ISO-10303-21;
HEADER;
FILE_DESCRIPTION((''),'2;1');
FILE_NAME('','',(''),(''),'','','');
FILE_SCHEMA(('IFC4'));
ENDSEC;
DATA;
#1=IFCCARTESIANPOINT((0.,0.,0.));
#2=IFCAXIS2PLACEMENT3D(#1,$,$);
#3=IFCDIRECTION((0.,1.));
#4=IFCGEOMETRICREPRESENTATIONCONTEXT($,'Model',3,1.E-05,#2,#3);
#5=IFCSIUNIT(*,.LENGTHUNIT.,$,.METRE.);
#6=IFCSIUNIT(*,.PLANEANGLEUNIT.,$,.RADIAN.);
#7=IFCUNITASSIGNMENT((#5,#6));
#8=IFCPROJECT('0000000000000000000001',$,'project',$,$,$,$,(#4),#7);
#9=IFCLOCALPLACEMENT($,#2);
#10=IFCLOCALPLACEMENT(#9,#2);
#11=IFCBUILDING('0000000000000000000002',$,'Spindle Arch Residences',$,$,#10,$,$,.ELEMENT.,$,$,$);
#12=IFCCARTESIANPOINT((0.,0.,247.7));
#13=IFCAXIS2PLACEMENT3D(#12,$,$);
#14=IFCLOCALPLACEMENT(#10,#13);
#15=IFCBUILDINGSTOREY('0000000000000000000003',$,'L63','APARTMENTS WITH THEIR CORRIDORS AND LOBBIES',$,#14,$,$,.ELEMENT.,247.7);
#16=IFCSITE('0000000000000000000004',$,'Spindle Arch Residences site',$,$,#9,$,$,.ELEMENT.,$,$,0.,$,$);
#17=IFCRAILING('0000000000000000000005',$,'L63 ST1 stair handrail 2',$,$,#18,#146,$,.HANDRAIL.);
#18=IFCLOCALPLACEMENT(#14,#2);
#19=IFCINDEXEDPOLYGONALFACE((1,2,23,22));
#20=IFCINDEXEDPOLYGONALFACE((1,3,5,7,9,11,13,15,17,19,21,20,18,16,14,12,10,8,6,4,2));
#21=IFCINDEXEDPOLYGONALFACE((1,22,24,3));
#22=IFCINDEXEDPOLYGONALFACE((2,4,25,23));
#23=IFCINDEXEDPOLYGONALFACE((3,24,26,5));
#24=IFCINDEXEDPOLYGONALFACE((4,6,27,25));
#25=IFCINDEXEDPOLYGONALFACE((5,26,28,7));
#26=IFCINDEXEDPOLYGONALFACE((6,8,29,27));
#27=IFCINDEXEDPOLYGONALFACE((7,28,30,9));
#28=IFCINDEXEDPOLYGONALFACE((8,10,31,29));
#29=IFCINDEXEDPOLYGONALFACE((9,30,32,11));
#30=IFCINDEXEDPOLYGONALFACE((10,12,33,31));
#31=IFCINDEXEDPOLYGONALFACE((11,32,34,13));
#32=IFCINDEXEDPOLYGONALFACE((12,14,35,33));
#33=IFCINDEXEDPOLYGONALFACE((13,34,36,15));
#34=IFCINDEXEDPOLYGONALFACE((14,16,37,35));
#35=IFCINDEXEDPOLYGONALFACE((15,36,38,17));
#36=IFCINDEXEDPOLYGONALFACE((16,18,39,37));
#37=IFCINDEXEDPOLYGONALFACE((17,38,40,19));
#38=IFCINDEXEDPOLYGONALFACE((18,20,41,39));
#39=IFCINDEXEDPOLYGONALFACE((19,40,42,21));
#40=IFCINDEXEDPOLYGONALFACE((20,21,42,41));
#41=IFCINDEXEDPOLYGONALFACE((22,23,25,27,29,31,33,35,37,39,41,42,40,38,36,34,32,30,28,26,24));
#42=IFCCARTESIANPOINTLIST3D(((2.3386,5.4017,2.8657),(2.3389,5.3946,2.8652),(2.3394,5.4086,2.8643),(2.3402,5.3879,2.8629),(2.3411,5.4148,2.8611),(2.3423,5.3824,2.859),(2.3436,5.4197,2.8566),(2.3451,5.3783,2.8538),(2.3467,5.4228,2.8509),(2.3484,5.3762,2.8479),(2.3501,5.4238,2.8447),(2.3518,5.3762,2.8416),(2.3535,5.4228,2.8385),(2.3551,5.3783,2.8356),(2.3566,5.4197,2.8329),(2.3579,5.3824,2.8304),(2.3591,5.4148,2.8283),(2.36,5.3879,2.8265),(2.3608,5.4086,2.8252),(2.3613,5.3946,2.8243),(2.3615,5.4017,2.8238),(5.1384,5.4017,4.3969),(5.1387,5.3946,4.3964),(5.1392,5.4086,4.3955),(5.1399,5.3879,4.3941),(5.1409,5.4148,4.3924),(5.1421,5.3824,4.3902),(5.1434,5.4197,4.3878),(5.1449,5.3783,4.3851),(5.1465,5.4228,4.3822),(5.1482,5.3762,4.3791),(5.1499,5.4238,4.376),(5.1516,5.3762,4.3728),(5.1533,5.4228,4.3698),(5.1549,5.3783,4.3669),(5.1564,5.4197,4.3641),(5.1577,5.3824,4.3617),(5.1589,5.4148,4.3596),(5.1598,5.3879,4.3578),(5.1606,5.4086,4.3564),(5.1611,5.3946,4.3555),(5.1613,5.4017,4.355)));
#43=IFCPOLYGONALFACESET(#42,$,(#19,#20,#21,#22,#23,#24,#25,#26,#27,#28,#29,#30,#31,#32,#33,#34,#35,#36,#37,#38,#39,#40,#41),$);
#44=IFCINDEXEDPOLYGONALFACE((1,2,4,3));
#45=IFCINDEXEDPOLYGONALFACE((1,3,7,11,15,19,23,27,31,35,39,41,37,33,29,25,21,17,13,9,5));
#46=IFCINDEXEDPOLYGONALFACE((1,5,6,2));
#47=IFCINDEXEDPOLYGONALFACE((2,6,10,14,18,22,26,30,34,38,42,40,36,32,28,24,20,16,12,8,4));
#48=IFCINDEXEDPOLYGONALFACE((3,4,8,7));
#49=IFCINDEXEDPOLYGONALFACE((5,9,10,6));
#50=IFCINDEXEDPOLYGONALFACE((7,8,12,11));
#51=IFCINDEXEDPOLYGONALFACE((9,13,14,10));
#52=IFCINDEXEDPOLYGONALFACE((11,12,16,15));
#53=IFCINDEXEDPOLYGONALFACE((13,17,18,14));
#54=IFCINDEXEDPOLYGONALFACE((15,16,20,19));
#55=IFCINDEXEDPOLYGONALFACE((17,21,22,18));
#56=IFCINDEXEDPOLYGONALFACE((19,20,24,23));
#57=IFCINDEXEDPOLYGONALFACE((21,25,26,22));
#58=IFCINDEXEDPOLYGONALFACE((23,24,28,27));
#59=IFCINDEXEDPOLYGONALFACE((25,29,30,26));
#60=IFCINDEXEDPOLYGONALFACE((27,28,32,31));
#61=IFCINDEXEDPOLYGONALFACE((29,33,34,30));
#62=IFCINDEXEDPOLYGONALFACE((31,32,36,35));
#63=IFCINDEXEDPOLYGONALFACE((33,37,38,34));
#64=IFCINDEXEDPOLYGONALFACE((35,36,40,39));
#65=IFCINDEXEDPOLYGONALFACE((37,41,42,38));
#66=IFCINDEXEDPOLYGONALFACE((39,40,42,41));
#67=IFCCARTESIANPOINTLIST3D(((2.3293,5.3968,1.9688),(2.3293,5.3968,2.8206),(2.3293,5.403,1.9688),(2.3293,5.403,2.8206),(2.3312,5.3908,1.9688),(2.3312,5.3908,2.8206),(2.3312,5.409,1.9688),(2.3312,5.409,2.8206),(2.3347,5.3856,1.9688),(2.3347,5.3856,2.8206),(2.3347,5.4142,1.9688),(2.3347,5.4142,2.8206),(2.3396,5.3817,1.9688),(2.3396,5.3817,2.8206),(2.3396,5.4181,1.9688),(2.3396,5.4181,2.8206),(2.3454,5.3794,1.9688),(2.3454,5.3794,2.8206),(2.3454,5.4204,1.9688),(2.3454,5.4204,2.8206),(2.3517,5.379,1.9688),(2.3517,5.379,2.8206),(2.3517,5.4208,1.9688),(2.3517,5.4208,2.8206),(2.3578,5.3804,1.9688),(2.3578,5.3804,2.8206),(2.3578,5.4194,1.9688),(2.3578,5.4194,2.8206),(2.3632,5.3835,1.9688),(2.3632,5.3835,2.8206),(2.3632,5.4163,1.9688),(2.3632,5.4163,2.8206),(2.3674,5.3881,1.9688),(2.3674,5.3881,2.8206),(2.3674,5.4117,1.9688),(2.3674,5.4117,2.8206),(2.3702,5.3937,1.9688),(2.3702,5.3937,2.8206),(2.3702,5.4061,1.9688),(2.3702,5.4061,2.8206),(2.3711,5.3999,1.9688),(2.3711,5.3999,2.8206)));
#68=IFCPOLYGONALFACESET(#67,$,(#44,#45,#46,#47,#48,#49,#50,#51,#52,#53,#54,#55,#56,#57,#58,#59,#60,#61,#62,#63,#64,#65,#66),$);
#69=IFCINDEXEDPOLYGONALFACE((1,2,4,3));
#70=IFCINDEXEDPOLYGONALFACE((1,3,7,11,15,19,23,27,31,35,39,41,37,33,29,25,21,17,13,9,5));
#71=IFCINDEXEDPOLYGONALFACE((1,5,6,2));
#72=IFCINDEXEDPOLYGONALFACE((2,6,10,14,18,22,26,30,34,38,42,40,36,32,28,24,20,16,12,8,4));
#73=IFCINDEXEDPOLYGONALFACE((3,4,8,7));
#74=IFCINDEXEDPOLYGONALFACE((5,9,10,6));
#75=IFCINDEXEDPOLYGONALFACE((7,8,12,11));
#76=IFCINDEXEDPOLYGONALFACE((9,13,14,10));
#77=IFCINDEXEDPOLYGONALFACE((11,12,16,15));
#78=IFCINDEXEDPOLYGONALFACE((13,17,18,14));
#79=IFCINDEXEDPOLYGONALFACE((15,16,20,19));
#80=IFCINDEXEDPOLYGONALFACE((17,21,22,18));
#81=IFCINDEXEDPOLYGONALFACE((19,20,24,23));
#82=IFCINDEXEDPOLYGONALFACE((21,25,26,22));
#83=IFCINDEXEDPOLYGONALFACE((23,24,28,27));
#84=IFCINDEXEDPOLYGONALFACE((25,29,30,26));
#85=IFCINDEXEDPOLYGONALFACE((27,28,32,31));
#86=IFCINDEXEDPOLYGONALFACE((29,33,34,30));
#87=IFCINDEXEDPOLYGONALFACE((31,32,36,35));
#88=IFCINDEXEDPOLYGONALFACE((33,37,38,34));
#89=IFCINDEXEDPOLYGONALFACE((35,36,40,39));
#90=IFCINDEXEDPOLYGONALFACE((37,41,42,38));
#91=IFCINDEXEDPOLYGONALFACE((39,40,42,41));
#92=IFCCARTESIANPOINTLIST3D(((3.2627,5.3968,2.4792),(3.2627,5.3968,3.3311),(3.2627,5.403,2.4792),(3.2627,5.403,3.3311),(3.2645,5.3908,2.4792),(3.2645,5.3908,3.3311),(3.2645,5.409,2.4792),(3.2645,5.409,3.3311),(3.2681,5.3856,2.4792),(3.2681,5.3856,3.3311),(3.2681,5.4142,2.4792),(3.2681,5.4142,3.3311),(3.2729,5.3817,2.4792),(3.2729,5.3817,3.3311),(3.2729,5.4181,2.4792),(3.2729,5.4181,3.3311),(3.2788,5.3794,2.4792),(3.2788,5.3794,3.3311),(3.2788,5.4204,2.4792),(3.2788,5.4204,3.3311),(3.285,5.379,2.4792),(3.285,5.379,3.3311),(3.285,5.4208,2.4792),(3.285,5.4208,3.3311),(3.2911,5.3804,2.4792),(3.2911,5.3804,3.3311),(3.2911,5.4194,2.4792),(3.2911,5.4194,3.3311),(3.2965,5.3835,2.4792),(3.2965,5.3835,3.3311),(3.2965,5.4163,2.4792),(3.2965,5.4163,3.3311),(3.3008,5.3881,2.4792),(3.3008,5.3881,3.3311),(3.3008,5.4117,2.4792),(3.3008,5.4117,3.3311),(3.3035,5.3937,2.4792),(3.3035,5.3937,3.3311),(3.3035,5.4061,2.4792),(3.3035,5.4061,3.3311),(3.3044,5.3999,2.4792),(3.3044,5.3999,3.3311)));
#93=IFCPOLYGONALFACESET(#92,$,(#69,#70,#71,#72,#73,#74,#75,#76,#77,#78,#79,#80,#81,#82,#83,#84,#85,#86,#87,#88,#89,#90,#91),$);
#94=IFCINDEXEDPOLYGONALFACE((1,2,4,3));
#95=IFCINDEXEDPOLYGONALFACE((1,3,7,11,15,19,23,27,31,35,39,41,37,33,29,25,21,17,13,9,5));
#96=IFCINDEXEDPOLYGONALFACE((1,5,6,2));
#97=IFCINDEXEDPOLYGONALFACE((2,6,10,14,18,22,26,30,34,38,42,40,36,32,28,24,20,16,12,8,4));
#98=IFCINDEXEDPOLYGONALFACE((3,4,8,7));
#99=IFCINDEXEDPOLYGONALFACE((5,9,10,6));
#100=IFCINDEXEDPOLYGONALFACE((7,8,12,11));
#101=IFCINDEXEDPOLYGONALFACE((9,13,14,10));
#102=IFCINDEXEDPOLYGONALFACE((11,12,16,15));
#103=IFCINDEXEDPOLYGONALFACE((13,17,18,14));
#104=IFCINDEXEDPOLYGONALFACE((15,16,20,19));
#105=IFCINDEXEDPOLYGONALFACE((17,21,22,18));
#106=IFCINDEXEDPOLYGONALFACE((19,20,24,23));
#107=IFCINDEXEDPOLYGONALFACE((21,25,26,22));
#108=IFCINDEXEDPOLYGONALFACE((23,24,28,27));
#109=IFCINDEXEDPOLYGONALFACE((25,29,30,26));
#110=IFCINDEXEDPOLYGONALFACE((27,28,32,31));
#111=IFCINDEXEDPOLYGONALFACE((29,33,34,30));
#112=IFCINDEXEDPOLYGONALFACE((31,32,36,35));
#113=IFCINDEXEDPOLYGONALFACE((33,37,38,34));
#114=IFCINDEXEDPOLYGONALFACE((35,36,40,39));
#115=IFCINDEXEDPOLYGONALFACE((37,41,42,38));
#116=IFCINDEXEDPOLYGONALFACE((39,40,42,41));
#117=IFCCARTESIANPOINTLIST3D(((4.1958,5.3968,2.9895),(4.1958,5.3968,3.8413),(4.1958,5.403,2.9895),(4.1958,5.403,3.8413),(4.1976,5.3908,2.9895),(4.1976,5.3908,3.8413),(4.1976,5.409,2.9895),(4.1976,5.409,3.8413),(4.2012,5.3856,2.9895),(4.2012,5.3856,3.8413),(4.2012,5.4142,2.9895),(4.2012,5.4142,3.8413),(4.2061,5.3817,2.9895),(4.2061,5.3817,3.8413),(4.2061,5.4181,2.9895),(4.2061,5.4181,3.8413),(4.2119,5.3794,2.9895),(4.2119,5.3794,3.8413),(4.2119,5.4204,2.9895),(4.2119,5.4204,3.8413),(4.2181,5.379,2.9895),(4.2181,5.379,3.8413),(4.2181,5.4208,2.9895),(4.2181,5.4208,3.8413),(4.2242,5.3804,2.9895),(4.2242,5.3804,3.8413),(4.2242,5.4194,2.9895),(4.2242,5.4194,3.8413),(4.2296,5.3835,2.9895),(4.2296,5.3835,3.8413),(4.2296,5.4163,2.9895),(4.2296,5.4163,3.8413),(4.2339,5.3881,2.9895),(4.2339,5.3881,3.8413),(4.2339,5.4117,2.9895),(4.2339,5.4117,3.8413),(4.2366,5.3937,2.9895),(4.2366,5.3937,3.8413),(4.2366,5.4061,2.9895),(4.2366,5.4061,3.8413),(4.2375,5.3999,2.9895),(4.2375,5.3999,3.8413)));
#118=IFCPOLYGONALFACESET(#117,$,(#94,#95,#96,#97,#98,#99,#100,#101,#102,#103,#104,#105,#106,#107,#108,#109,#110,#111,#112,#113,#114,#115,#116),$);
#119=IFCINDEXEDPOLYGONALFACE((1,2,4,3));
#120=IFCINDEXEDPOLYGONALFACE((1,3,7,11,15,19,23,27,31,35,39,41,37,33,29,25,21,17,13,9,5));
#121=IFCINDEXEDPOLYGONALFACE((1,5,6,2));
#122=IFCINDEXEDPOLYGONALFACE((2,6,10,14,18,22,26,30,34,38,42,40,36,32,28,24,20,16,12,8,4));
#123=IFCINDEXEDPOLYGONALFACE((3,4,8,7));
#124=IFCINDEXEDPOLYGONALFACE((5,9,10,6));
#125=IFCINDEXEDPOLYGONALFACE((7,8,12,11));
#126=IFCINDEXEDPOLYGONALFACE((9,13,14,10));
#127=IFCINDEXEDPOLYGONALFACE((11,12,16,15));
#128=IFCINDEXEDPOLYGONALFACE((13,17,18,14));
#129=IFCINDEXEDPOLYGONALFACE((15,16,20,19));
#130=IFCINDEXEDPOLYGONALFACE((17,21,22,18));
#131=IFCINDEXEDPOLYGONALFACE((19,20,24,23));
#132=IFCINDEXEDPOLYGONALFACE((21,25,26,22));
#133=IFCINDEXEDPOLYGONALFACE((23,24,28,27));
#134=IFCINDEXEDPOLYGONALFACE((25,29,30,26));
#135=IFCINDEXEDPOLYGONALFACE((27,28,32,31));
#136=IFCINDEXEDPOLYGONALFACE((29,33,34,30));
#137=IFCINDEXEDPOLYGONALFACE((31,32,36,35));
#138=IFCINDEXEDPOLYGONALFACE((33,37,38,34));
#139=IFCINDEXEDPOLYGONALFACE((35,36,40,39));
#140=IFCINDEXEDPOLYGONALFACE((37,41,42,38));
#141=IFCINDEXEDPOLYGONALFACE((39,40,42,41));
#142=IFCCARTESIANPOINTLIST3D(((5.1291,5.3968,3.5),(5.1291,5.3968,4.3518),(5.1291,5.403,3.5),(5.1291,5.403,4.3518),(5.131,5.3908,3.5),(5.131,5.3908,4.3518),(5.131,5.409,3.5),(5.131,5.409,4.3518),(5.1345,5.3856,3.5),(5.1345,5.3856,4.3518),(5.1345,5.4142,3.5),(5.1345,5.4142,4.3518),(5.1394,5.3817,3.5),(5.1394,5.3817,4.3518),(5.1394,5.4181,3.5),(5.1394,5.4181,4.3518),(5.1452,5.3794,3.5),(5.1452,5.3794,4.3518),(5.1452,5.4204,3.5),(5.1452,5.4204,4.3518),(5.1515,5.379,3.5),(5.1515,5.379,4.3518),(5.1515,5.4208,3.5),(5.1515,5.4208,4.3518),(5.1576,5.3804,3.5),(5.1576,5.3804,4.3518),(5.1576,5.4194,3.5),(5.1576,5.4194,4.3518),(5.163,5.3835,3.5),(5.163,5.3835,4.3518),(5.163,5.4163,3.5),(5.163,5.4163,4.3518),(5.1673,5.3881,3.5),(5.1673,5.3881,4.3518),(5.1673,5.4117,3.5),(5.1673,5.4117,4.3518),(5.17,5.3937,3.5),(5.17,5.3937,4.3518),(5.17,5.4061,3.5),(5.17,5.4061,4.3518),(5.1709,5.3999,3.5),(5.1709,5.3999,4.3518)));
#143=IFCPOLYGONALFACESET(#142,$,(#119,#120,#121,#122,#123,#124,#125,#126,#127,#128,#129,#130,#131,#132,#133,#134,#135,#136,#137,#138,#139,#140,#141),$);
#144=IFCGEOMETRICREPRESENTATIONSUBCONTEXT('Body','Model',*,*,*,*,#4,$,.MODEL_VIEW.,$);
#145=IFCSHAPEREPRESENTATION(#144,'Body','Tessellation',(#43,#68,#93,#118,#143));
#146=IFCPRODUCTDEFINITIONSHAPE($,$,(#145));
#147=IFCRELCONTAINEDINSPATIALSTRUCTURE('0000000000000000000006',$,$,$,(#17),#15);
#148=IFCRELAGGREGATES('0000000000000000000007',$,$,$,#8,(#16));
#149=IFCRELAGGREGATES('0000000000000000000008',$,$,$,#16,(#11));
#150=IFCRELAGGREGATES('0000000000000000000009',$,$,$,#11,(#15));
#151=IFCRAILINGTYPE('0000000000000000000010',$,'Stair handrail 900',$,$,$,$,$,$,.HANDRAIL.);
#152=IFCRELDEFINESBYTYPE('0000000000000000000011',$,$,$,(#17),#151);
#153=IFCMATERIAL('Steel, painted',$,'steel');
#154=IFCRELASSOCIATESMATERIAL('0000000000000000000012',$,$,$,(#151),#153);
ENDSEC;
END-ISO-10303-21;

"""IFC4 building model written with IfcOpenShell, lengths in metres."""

from ifc_helpers import new_model, si_unit, direction, frame, origin, origin_2d, place, context, subcontext, project, spatial, circle, extrude, material, type_object, element, save


model = new_model("IFC4")

# Units and contexts
model_context = context("Model", 3, precision=1e-05, world=origin(), true_north=direction((0.0, 1.0)))
body_context = subcontext(model_context, "Body", "Model", "MODEL_VIEW")
ifc_project = project(units=[si_unit("LENGTHUNIT", "METRE"), si_unit("PLANEANGLEUNIT", "RADIAN")], contexts=[model_context])

# Site, building, storey
site_placement = place(None, origin())
site = spatial("IfcSite", under=ifc_project, at=site_placement, Name="Spindle Arch Residences site", CompositionType="ELEMENT", RefElevation=0.0)
building_placement = place(site_placement, origin())
building = spatial("IfcBuilding", under=site, at=building_placement, Name="Spindle Arch Residences", CompositionType="ELEMENT")
storey_placement = place(building_placement, frame((0.0, 0.0, 247.7)))
storey = spatial("IfcBuildingStorey", under=building, at=storey_placement, Name="L63", Description="APARTMENTS WITH THEIR CORRIDORS AND LOBBIES", CompositionType="ELEMENT", Elevation=247.7)

# Railing
ifc_material_1 = material(Name="Steel, painted", Category="steel")
railing_type_1 = type_object("IfcRailingType", Name="Stair handrail 900", PredefinedType="HANDRAIL", material=ifc_material_1)
railing_1_placement = place(storey_placement, frame((2.3501, 5.3999, 1.9688)))
element("IfcRailing", 1, at=railing_1_placement, inside=storey, type_object=railing_type_1, Name="L63 ST1 stair handrail 2", PredefinedType="HANDRAIL", context=body_context, shape_type="SweptSolid", body=[
    extrude(circle(Radius=0.0239, at=origin_2d()), frame((0.0, 0.0, 0.876), z_axis=(0.877357, 0.0, 0.479838), x_axis=(0.0, 1.0, 0.0)), (0.0, 0.0, 1.0), 3.1912),
    extrude(circle(Radius=0.021, at=origin_2d()), origin(), (0.0, 0.0, 1.0), 0.8518),
    extrude(circle(Radius=0.021, at=origin_2d()), frame((0.9333, 0.0, 0.5105)), (0.0, 0.0, 1.0), 0.8518),
    extrude(circle(Radius=0.021, at=origin_2d()), frame((1.8665, 0.0, 1.0208)), (0.0, 0.0, 1.0), 0.8518),
    extrude(circle(Radius=0.021, at=origin_2d()), frame((2.7998, 0.0, 1.5312)), (0.0, 0.0, 1.0), 0.8518),
])

save(model, "model.ifc")
